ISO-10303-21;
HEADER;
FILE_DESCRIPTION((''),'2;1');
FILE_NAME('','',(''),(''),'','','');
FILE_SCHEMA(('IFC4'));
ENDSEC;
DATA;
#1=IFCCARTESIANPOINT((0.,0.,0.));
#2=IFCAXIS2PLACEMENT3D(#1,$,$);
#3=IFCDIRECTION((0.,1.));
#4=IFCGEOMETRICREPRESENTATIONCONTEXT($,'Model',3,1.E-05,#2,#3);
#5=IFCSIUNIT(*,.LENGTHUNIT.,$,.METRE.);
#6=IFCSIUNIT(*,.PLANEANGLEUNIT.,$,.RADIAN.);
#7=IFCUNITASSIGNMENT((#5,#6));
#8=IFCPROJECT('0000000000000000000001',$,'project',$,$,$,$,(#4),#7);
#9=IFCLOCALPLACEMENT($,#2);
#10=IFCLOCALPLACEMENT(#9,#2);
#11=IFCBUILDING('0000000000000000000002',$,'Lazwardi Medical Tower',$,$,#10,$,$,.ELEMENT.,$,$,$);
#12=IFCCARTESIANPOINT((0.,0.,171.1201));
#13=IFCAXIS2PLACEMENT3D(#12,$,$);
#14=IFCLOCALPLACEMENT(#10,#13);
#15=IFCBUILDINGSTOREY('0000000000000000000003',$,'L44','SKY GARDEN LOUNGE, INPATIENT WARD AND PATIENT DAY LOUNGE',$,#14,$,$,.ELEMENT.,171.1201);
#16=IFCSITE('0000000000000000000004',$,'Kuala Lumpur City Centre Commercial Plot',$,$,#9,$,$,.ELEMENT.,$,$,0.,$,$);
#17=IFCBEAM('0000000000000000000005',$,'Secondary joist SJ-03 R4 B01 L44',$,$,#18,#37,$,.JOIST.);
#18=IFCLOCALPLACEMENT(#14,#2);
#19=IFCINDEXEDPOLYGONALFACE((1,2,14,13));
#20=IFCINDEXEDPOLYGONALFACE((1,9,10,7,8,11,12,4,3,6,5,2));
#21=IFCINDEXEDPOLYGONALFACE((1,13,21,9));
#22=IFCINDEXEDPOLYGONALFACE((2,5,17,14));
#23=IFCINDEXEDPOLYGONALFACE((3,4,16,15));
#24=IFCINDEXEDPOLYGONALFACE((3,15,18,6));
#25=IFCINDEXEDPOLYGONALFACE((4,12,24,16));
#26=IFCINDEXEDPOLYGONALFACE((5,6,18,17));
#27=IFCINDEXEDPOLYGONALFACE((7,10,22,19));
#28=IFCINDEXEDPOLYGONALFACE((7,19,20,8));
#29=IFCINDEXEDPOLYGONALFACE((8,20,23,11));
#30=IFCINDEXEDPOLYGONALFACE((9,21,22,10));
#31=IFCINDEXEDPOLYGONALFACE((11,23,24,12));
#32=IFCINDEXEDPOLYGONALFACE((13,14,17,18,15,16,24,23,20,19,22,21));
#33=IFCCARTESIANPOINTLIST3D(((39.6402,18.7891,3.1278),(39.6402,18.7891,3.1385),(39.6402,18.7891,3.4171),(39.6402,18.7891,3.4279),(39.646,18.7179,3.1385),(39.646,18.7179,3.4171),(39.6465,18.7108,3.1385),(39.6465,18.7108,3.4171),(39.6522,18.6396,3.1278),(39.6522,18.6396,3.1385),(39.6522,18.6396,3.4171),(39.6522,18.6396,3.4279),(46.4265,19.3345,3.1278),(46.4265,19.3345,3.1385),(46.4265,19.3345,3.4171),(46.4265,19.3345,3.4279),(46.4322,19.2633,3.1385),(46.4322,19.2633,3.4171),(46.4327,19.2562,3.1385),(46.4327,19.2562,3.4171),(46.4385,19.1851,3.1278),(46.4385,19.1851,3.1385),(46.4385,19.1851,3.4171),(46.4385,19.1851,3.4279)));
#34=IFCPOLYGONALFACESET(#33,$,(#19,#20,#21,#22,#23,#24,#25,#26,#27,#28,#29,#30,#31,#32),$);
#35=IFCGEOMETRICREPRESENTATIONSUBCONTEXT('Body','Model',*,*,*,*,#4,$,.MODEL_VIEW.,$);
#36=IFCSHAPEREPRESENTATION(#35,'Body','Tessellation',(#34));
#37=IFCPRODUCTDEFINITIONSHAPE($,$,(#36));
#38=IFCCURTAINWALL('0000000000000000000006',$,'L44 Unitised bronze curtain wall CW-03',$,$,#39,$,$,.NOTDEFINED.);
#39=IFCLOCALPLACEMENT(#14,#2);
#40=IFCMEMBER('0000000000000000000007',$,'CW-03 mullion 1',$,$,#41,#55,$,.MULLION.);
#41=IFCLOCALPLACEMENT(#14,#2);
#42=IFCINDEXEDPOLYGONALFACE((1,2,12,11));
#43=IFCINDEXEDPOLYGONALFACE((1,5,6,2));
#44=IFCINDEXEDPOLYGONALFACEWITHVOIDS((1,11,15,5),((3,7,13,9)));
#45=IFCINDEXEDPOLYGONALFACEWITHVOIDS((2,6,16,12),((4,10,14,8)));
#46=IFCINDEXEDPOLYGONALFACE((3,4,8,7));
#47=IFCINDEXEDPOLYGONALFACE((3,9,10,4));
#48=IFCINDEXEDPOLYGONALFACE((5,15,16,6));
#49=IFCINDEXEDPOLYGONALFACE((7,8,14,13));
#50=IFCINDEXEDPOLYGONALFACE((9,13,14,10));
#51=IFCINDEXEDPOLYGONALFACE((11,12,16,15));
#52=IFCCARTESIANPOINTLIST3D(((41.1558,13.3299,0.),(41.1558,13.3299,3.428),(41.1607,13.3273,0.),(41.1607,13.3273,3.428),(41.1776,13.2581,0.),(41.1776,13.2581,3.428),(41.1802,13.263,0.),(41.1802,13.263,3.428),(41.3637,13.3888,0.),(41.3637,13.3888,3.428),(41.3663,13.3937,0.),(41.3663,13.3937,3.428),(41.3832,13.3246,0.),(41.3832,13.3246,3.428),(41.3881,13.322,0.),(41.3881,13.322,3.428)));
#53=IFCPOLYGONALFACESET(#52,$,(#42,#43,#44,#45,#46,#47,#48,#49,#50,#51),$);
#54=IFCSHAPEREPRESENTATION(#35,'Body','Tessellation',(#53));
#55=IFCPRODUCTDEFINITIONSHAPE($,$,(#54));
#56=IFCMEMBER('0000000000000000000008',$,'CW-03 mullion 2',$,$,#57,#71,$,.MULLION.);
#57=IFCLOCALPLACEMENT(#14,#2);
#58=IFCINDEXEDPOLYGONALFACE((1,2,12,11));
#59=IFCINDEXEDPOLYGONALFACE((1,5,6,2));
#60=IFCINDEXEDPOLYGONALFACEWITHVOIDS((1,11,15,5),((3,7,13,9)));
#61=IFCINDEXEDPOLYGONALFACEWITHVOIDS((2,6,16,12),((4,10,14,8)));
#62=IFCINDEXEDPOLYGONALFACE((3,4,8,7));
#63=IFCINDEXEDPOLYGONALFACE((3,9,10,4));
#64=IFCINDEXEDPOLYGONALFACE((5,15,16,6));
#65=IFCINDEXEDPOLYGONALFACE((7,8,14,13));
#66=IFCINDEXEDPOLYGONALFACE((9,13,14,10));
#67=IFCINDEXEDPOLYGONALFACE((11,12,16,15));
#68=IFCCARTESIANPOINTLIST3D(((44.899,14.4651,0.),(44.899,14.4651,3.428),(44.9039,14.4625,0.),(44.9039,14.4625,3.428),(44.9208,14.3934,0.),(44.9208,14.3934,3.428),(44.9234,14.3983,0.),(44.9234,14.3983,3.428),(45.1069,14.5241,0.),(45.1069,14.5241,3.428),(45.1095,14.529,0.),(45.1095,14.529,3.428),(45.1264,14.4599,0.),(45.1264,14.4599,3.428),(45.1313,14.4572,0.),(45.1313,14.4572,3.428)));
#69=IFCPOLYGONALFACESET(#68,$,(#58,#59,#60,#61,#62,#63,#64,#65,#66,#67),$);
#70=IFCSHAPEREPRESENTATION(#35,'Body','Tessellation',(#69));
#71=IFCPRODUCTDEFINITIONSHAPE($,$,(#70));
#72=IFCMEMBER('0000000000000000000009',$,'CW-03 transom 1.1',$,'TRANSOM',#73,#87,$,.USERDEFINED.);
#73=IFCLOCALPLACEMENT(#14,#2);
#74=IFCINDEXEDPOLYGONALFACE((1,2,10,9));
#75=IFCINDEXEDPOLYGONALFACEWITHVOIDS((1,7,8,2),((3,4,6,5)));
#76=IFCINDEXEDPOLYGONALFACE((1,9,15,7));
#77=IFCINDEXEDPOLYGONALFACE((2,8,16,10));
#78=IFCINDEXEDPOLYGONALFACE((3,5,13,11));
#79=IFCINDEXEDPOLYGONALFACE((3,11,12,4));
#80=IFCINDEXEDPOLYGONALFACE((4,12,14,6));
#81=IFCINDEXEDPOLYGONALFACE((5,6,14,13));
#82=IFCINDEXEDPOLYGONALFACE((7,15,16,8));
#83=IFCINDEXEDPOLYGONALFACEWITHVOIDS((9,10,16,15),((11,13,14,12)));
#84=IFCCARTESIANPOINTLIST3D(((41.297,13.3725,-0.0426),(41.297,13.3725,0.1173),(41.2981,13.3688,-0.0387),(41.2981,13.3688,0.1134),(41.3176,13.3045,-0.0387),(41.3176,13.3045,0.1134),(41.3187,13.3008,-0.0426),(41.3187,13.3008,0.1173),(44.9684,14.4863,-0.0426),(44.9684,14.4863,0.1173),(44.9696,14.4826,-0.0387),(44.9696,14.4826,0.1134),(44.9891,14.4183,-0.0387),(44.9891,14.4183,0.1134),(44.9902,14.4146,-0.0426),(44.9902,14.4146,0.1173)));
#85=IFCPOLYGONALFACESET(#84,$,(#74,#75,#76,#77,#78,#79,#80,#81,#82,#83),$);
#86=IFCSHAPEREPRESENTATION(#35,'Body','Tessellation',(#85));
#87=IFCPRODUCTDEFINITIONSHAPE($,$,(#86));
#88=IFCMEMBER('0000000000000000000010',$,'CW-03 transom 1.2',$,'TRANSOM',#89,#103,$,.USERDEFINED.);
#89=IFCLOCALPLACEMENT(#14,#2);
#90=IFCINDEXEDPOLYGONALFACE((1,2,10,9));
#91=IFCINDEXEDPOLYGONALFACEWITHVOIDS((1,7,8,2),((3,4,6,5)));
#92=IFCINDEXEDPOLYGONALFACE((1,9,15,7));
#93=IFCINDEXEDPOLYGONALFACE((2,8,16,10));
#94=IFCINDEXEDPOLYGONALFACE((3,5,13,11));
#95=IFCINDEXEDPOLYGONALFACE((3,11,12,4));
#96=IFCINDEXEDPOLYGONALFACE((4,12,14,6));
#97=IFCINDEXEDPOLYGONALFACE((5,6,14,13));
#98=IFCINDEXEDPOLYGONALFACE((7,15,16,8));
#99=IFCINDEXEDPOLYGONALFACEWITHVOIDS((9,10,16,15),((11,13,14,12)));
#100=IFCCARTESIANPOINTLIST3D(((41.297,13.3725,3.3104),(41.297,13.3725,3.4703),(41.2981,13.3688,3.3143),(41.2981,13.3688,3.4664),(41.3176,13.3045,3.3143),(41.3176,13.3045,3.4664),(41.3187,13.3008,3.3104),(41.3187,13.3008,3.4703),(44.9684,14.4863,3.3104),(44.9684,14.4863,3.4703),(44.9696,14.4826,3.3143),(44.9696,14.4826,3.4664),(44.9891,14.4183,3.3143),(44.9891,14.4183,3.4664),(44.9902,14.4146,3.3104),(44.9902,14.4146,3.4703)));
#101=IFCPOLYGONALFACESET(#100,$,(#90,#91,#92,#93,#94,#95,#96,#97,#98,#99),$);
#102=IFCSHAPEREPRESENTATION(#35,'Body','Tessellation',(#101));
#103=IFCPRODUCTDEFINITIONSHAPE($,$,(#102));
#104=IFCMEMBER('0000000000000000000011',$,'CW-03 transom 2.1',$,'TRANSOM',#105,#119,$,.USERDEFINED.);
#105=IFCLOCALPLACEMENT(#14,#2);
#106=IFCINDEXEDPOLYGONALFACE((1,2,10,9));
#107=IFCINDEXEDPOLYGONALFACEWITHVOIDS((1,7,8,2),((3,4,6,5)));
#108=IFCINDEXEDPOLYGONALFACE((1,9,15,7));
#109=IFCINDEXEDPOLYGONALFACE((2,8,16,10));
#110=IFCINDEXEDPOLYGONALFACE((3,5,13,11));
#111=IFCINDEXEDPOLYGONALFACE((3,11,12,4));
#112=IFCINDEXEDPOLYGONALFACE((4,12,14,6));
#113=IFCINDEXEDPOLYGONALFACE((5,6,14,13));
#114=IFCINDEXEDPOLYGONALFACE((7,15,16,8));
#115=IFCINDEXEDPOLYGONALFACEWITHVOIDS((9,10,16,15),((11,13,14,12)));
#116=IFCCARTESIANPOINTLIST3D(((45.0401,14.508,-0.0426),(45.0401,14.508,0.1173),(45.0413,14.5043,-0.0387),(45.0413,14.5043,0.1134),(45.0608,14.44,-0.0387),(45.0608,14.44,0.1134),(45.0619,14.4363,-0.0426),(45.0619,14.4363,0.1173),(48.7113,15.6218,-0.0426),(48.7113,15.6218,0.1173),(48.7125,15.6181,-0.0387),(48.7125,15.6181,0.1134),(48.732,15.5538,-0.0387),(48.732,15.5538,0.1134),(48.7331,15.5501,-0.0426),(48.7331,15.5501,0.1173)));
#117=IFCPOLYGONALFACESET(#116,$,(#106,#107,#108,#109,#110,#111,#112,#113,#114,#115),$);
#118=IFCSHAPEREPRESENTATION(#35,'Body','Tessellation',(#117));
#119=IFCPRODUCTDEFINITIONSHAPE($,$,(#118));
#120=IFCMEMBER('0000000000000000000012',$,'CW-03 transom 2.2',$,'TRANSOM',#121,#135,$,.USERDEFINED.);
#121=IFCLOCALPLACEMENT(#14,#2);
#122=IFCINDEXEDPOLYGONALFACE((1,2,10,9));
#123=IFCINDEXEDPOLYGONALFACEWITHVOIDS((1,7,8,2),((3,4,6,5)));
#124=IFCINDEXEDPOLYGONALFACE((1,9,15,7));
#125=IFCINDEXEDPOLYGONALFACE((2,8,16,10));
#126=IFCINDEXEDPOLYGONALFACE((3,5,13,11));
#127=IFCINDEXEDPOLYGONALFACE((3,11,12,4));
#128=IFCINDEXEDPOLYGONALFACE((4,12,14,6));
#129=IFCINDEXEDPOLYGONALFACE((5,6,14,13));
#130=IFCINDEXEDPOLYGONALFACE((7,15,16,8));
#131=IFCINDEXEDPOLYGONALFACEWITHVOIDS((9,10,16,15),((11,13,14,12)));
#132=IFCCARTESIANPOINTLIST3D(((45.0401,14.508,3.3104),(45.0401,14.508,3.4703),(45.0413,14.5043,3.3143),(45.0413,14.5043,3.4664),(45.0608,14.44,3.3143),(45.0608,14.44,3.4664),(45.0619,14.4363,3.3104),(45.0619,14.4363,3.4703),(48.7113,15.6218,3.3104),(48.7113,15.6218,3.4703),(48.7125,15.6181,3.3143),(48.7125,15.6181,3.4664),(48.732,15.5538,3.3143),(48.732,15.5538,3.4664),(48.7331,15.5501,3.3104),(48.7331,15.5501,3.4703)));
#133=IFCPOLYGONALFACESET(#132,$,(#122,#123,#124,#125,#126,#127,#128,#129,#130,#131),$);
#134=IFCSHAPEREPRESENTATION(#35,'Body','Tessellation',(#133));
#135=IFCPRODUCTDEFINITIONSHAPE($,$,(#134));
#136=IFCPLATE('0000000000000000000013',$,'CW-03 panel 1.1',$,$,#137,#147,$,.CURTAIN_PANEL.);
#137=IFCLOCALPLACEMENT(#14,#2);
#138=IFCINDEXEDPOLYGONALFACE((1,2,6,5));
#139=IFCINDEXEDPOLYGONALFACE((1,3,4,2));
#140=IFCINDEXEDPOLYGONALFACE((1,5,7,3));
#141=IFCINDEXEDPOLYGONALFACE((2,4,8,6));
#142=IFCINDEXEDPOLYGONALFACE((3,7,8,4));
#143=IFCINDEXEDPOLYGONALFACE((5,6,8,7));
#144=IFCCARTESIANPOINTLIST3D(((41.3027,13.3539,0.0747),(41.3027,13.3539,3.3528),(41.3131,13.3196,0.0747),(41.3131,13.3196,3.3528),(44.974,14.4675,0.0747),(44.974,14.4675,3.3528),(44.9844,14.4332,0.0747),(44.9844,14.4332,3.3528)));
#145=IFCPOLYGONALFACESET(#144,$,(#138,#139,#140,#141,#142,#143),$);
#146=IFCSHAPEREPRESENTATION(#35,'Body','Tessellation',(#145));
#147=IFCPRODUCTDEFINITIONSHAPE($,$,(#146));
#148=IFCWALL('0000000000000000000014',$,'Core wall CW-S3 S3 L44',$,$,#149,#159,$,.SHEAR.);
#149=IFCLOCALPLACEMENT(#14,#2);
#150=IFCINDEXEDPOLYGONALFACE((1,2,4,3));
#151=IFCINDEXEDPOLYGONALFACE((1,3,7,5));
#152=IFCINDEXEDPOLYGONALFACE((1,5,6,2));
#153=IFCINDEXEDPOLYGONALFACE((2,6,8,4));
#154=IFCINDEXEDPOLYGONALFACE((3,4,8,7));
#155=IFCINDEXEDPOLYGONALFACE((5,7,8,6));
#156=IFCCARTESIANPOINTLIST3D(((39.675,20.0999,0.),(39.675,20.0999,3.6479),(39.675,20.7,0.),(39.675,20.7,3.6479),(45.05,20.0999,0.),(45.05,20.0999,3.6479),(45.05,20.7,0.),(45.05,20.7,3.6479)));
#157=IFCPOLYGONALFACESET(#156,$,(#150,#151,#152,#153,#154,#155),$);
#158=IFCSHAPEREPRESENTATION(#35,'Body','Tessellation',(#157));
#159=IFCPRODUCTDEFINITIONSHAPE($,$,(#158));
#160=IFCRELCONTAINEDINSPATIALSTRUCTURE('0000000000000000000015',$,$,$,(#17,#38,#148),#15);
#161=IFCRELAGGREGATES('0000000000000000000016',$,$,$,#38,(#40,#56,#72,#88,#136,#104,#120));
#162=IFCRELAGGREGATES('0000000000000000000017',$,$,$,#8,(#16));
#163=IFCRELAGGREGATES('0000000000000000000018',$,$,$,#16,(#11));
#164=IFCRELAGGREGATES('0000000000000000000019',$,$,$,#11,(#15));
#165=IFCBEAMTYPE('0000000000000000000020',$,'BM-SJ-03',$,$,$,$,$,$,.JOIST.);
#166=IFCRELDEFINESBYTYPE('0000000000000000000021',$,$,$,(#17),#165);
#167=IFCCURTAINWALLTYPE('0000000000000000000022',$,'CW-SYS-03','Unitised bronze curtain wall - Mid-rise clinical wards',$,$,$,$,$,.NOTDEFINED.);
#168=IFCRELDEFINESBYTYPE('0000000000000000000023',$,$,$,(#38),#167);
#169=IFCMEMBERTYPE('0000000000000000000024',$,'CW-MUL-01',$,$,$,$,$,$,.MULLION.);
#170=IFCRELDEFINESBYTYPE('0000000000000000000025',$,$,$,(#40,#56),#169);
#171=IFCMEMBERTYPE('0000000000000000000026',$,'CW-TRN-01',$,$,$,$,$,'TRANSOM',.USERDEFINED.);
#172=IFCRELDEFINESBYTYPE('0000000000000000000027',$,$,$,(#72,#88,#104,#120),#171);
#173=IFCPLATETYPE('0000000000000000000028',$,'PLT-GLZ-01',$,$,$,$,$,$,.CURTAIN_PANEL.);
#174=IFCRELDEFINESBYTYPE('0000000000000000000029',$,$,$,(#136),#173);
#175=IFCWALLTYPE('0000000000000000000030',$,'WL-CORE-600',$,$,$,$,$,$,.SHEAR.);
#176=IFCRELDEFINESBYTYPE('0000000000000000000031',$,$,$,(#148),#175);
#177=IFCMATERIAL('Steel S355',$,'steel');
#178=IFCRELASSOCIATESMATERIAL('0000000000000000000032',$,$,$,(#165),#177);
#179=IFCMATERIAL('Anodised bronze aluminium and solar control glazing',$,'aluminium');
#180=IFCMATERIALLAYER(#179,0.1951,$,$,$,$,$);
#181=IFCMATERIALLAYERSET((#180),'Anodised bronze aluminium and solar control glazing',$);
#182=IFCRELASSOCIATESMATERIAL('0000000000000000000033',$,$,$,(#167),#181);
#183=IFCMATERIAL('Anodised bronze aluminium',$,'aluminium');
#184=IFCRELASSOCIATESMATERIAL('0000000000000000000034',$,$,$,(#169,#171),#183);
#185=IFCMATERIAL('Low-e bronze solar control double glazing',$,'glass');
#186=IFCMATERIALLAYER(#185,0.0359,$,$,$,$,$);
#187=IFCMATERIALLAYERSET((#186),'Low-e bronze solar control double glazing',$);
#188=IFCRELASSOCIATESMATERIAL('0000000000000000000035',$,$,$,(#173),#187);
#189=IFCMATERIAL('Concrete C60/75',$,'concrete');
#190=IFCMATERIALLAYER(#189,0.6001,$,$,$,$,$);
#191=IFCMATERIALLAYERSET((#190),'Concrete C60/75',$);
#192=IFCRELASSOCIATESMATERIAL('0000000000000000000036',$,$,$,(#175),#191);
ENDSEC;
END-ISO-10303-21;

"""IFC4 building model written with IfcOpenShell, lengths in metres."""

from ifc_helpers import new_model, si_unit, direction, frame, frame_2d, origin, origin_2d, place, context, subcontext, project, spatial, rectangle, hollow_rectangle, i_section, extrude, material, layer, layer_set, material_profile, profile_set, type_object, element, aggregate, save


model = new_model("IFC4")

# Units and contexts
model_context = context("Model", 3, precision=1e-05, world=origin(), true_north=direction((0.0, 1.0)))
body_context = subcontext(model_context, "Body", "Model", "MODEL_VIEW")
ifc_project = project(units=[si_unit("LENGTHUNIT", "METRE"), si_unit("PLANEANGLEUNIT", "RADIAN")], contexts=[model_context])

# Site, building, storey
site_placement = place(None, origin())
site = spatial("IfcSite", under=ifc_project, at=site_placement, Name="Kuala Lumpur City Centre Commercial Plot", CompositionType="ELEMENT", RefElevation=0.0)
building_placement = place(site_placement, origin())
building = spatial("IfcBuilding", under=site, at=building_placement, Name="Lazwardi Medical Tower", CompositionType="ELEMENT")
storey_placement = place(building_placement, frame((0.0, 0.0, 171.1201)))
storey = spatial("IfcBuildingStorey", under=building, at=storey_placement, Name="L44", Description="SKY GARDEN LOUNGE, INPATIENT WARD AND PATIENT DAY LOUNGE", CompositionType="ELEMENT", Elevation=171.1201)

# Shared definitions
ifc_material_1 = material(Name="Concrete C60/75", Category="concrete")

# Beam
ifc_material_2 = material(Name="Steel S355", Category="steel")
ifc_material_profile_1 = material_profile(ifc_material_2, i_section(OverallWidth=0.1499, OverallDepth=0.3, WebThickness=0.0071, FlangeThickness=0.0107, at=origin_2d()), Name="IPE 300")
ifc_profile_set_1 = profile_set([ifc_material_profile_1], Name="Steel S355")
beam_type_1 = type_object("IfcBeamType", Name="BM-SJ-03", PredefinedType="JOIST", material=ifc_profile_set_1)
beam_1_placement = place(storey_placement, frame((39.6462, 18.7144, 3.2778), z_axis=(0.996786, 0.080113, 0.0), x_axis=(-0.080113, 0.996786, 0.0)))
element("IfcBeam", 1, at=beam_1_placement, inside=storey, type_object=beam_type_1, Name="Secondary joist SJ-03 R4 B01 L44", PredefinedType="JOIST", context=body_context, shape_type="SweptSolid", body=[
    extrude(i_section(OverallWidth=0.1499, OverallDepth=0.3, WebThickness=0.0071, FlangeThickness=0.0107, at=origin_2d()), origin(), (0.0, 0.0, 1.0), 6.8081),
])

# Curtain wall, members, plate
ifc_material_3 = material(Name="Anodised bronze aluminium and solar control glazing", Category="aluminium")
ifc_layer_1 = layer(ifc_material_3, 0.1951)
ifc_layer_set_1 = layer_set([ifc_layer_1], Name="Anodised bronze aluminium and solar control glazing")
curtain_wall_type = type_object("IfcCurtainWallType", Name="CW-SYS-03", Description="Unitised bronze curtain wall - Mid-rise clinical wards", PredefinedType="NOTDEFINED", material=ifc_layer_set_1)
curtain_wall_placement = place(storey_placement, origin())
curtain_wall = element("IfcCurtainWall", 2, at=curtain_wall_placement, inside=storey, type_object=curtain_wall_type, Name="L44 Unitised bronze curtain wall CW-03", PredefinedType="NOTDEFINED")
ifc_material_4 = material(Name="Anodised bronze aluminium", Category="aluminium")
ifc_material_profile_2 = material_profile(ifc_material_4, hollow_rectangle(XDim=0.075, YDim=0.22, WallThickness=0.0039, at=origin_2d()), Name="ALU-MULLION 220x75x4")
ifc_profile_set_2 = profile_set([ifc_material_profile_2], Name="Anodised bronze aluminium")
member_type_1 = type_object("IfcMemberType", Name="CW-MUL-01", PredefinedType="MULLION", material=ifc_profile_set_2)
member_1_placement = place(storey_placement, frame((41.272, 13.3259, 0.0), z_axis=(0.0, 0.0, 1.0), x_axis=(-0.290281, 0.956942, 0.0)))
member_1 = element("IfcMember", 3, at=member_1_placement, type_object=member_type_1, Name="CW-03 mullion 1", PredefinedType="MULLION", context=body_context, shape_type="SweptSolid", body=[
    extrude(hollow_rectangle(XDim=0.075, YDim=0.22, WallThickness=0.0039, at=origin_2d()), origin(), (0.0, 0.0, 1.0), 3.428),
])
member_2_placement = place(storey_placement, frame((45.0151, 14.4612, 0.0), z_axis=(0.0, 0.0, 1.0), x_axis=(-0.290281, 0.956942, 0.0)))
member_2 = element("IfcMember", 4, at=member_2_placement, type_object=member_type_1, Name="CW-03 mullion 2", PredefinedType="MULLION", context=body_context, shape_type="SweptSolid", body=[
    extrude(hollow_rectangle(XDim=0.075, YDim=0.22, WallThickness=0.0039, at=origin_2d()), origin(), (0.0, 0.0, 1.0), 3.428),
])
ifc_material_profile_3 = material_profile(ifc_material_4, hollow_rectangle(XDim=0.075, YDim=0.1599, WallThickness=0.0039, at=origin_2d()), Name="ALU-TRANSOM 160x75x4")
ifc_profile_set_3 = profile_set([ifc_material_profile_3], Name="Anodised bronze aluminium")
member_type_2 = type_object("IfcMemberType", Name="CW-TRN-01", ElementType="TRANSOM", PredefinedType="USERDEFINED", material=ifc_profile_set_3)
member_3_placement = place(storey_placement, frame((41.3079, 13.3367, 0.0374), z_axis=(0.956936, 0.290301, 0.0), x_axis=(-0.290301, 0.956936, 0.0)))
member_3 = element("IfcMember", 5, at=member_3_placement, type_object=member_type_2, Name="CW-03 transom 1.1", ObjectType="TRANSOM", PredefinedType="USERDEFINED", context=body_context, shape_type="SweptSolid", body=[
    extrude(hollow_rectangle(XDim=0.075, YDim=0.1599, WallThickness=0.0039, at=origin_2d()), origin(), (0.0, 0.0, 1.0), 3.8367),
])
member_4_placement = place(storey_placement, frame((41.3079, 13.3367, 3.3904), z_axis=(0.956936, 0.290301, 0.0), x_axis=(-0.290301, 0.956936, 0.0)))
member_4 = element("IfcMember", 6, at=member_4_placement, type_object=member_type_2, Name="CW-03 transom 1.2", ObjectType="TRANSOM", PredefinedType="USERDEFINED", context=body_context, shape_type="SweptSolid", body=[
    extrude(hollow_rectangle(XDim=0.075, YDim=0.1599, WallThickness=0.0039, at=origin_2d()), origin(), (0.0, 0.0, 1.0), 3.8367),
])
member_5_placement = place(storey_placement, frame((45.051, 14.4722, 0.0374), z_axis=(0.95693, 0.290318, 0.0), x_axis=(-0.290318, 0.95693, 0.0)))
member_5 = element("IfcMember", 7, at=member_5_placement, type_object=member_type_2, Name="CW-03 transom 2.1", ObjectType="TRANSOM", PredefinedType="USERDEFINED", context=body_context, shape_type="SweptSolid", body=[
    extrude(hollow_rectangle(XDim=0.075, YDim=0.1599, WallThickness=0.0039, at=origin_2d()), origin(), (0.0, 0.0, 1.0), 3.8364),
])
member_6_placement = place(storey_placement, frame((45.051, 14.4722, 3.3904), z_axis=(0.95693, 0.290318, 0.0), x_axis=(-0.290318, 0.95693, 0.0)))
member_6 = element("IfcMember", 8, at=member_6_placement, type_object=member_type_2, Name="CW-03 transom 2.2", ObjectType="TRANSOM", PredefinedType="USERDEFINED", context=body_context, shape_type="SweptSolid", body=[
    extrude(hollow_rectangle(XDim=0.075, YDim=0.1599, WallThickness=0.0039, at=origin_2d()), origin(), (0.0, 0.0, 1.0), 3.8364),
])
ifc_material_5 = material(Name="Low-e bronze solar control double glazing", Category="glass")
ifc_layer_2 = layer(ifc_material_5, 0.0359)
ifc_layer_set_2 = layer_set([ifc_layer_2], Name="Low-e bronze solar control double glazing")
plate_type = type_object("IfcPlateType", Name="PLT-GLZ-01", PredefinedType="CURTAIN_PANEL", material=ifc_layer_set_2)
plate_placement = place(storey_placement, frame((43.1436, 13.8936, 0.0747), z_axis=(0.0, 0.0, 1.0), x_axis=(0.956942, 0.290281, 0.0)))
plate = element("IfcPlate", 9, at=plate_placement, type_object=plate_type, Name="CW-03 panel 1.1", PredefinedType="CURTAIN_PANEL", context=body_context, shape_type="SweptSolid", body=[
    extrude(rectangle(XDim=3.8364, YDim=0.0359, at=origin_2d()), origin(), (0.0, 0.0, 1.0), 3.2781),
])
aggregate(curtain_wall, [member_1, member_2, member_3, member_4, plate, member_5, member_6])

# Wall
ifc_layer_3 = layer(ifc_material_1, 0.6001)
ifc_layer_set_3 = layer_set([ifc_layer_3], Name="Concrete C60/75")
wall_type_1 = type_object("IfcWallType", Name="WL-CORE-600", PredefinedType="SHEAR", material=ifc_layer_set_3)
wall_1_placement = place(storey_placement, frame((39.675, 20.3999, 0.0), z_axis=(0.0, 0.0, 1.0), x_axis=(1.0, 0.0, 0.0)))
element("IfcWall", 10, at=wall_1_placement, inside=storey, type_object=wall_type_1, Name="Core wall CW-S3 S3 L44", PredefinedType="SHEAR", context=body_context, shape_type="SweptSolid", body=[
    extrude(rectangle(XDim=5.375, YDim=0.6001, at=frame_2d((2.6875, 0.0))), origin(), (0.0, 0.0, 1.0), 3.6479),
])

save(model, "model.ifc")
